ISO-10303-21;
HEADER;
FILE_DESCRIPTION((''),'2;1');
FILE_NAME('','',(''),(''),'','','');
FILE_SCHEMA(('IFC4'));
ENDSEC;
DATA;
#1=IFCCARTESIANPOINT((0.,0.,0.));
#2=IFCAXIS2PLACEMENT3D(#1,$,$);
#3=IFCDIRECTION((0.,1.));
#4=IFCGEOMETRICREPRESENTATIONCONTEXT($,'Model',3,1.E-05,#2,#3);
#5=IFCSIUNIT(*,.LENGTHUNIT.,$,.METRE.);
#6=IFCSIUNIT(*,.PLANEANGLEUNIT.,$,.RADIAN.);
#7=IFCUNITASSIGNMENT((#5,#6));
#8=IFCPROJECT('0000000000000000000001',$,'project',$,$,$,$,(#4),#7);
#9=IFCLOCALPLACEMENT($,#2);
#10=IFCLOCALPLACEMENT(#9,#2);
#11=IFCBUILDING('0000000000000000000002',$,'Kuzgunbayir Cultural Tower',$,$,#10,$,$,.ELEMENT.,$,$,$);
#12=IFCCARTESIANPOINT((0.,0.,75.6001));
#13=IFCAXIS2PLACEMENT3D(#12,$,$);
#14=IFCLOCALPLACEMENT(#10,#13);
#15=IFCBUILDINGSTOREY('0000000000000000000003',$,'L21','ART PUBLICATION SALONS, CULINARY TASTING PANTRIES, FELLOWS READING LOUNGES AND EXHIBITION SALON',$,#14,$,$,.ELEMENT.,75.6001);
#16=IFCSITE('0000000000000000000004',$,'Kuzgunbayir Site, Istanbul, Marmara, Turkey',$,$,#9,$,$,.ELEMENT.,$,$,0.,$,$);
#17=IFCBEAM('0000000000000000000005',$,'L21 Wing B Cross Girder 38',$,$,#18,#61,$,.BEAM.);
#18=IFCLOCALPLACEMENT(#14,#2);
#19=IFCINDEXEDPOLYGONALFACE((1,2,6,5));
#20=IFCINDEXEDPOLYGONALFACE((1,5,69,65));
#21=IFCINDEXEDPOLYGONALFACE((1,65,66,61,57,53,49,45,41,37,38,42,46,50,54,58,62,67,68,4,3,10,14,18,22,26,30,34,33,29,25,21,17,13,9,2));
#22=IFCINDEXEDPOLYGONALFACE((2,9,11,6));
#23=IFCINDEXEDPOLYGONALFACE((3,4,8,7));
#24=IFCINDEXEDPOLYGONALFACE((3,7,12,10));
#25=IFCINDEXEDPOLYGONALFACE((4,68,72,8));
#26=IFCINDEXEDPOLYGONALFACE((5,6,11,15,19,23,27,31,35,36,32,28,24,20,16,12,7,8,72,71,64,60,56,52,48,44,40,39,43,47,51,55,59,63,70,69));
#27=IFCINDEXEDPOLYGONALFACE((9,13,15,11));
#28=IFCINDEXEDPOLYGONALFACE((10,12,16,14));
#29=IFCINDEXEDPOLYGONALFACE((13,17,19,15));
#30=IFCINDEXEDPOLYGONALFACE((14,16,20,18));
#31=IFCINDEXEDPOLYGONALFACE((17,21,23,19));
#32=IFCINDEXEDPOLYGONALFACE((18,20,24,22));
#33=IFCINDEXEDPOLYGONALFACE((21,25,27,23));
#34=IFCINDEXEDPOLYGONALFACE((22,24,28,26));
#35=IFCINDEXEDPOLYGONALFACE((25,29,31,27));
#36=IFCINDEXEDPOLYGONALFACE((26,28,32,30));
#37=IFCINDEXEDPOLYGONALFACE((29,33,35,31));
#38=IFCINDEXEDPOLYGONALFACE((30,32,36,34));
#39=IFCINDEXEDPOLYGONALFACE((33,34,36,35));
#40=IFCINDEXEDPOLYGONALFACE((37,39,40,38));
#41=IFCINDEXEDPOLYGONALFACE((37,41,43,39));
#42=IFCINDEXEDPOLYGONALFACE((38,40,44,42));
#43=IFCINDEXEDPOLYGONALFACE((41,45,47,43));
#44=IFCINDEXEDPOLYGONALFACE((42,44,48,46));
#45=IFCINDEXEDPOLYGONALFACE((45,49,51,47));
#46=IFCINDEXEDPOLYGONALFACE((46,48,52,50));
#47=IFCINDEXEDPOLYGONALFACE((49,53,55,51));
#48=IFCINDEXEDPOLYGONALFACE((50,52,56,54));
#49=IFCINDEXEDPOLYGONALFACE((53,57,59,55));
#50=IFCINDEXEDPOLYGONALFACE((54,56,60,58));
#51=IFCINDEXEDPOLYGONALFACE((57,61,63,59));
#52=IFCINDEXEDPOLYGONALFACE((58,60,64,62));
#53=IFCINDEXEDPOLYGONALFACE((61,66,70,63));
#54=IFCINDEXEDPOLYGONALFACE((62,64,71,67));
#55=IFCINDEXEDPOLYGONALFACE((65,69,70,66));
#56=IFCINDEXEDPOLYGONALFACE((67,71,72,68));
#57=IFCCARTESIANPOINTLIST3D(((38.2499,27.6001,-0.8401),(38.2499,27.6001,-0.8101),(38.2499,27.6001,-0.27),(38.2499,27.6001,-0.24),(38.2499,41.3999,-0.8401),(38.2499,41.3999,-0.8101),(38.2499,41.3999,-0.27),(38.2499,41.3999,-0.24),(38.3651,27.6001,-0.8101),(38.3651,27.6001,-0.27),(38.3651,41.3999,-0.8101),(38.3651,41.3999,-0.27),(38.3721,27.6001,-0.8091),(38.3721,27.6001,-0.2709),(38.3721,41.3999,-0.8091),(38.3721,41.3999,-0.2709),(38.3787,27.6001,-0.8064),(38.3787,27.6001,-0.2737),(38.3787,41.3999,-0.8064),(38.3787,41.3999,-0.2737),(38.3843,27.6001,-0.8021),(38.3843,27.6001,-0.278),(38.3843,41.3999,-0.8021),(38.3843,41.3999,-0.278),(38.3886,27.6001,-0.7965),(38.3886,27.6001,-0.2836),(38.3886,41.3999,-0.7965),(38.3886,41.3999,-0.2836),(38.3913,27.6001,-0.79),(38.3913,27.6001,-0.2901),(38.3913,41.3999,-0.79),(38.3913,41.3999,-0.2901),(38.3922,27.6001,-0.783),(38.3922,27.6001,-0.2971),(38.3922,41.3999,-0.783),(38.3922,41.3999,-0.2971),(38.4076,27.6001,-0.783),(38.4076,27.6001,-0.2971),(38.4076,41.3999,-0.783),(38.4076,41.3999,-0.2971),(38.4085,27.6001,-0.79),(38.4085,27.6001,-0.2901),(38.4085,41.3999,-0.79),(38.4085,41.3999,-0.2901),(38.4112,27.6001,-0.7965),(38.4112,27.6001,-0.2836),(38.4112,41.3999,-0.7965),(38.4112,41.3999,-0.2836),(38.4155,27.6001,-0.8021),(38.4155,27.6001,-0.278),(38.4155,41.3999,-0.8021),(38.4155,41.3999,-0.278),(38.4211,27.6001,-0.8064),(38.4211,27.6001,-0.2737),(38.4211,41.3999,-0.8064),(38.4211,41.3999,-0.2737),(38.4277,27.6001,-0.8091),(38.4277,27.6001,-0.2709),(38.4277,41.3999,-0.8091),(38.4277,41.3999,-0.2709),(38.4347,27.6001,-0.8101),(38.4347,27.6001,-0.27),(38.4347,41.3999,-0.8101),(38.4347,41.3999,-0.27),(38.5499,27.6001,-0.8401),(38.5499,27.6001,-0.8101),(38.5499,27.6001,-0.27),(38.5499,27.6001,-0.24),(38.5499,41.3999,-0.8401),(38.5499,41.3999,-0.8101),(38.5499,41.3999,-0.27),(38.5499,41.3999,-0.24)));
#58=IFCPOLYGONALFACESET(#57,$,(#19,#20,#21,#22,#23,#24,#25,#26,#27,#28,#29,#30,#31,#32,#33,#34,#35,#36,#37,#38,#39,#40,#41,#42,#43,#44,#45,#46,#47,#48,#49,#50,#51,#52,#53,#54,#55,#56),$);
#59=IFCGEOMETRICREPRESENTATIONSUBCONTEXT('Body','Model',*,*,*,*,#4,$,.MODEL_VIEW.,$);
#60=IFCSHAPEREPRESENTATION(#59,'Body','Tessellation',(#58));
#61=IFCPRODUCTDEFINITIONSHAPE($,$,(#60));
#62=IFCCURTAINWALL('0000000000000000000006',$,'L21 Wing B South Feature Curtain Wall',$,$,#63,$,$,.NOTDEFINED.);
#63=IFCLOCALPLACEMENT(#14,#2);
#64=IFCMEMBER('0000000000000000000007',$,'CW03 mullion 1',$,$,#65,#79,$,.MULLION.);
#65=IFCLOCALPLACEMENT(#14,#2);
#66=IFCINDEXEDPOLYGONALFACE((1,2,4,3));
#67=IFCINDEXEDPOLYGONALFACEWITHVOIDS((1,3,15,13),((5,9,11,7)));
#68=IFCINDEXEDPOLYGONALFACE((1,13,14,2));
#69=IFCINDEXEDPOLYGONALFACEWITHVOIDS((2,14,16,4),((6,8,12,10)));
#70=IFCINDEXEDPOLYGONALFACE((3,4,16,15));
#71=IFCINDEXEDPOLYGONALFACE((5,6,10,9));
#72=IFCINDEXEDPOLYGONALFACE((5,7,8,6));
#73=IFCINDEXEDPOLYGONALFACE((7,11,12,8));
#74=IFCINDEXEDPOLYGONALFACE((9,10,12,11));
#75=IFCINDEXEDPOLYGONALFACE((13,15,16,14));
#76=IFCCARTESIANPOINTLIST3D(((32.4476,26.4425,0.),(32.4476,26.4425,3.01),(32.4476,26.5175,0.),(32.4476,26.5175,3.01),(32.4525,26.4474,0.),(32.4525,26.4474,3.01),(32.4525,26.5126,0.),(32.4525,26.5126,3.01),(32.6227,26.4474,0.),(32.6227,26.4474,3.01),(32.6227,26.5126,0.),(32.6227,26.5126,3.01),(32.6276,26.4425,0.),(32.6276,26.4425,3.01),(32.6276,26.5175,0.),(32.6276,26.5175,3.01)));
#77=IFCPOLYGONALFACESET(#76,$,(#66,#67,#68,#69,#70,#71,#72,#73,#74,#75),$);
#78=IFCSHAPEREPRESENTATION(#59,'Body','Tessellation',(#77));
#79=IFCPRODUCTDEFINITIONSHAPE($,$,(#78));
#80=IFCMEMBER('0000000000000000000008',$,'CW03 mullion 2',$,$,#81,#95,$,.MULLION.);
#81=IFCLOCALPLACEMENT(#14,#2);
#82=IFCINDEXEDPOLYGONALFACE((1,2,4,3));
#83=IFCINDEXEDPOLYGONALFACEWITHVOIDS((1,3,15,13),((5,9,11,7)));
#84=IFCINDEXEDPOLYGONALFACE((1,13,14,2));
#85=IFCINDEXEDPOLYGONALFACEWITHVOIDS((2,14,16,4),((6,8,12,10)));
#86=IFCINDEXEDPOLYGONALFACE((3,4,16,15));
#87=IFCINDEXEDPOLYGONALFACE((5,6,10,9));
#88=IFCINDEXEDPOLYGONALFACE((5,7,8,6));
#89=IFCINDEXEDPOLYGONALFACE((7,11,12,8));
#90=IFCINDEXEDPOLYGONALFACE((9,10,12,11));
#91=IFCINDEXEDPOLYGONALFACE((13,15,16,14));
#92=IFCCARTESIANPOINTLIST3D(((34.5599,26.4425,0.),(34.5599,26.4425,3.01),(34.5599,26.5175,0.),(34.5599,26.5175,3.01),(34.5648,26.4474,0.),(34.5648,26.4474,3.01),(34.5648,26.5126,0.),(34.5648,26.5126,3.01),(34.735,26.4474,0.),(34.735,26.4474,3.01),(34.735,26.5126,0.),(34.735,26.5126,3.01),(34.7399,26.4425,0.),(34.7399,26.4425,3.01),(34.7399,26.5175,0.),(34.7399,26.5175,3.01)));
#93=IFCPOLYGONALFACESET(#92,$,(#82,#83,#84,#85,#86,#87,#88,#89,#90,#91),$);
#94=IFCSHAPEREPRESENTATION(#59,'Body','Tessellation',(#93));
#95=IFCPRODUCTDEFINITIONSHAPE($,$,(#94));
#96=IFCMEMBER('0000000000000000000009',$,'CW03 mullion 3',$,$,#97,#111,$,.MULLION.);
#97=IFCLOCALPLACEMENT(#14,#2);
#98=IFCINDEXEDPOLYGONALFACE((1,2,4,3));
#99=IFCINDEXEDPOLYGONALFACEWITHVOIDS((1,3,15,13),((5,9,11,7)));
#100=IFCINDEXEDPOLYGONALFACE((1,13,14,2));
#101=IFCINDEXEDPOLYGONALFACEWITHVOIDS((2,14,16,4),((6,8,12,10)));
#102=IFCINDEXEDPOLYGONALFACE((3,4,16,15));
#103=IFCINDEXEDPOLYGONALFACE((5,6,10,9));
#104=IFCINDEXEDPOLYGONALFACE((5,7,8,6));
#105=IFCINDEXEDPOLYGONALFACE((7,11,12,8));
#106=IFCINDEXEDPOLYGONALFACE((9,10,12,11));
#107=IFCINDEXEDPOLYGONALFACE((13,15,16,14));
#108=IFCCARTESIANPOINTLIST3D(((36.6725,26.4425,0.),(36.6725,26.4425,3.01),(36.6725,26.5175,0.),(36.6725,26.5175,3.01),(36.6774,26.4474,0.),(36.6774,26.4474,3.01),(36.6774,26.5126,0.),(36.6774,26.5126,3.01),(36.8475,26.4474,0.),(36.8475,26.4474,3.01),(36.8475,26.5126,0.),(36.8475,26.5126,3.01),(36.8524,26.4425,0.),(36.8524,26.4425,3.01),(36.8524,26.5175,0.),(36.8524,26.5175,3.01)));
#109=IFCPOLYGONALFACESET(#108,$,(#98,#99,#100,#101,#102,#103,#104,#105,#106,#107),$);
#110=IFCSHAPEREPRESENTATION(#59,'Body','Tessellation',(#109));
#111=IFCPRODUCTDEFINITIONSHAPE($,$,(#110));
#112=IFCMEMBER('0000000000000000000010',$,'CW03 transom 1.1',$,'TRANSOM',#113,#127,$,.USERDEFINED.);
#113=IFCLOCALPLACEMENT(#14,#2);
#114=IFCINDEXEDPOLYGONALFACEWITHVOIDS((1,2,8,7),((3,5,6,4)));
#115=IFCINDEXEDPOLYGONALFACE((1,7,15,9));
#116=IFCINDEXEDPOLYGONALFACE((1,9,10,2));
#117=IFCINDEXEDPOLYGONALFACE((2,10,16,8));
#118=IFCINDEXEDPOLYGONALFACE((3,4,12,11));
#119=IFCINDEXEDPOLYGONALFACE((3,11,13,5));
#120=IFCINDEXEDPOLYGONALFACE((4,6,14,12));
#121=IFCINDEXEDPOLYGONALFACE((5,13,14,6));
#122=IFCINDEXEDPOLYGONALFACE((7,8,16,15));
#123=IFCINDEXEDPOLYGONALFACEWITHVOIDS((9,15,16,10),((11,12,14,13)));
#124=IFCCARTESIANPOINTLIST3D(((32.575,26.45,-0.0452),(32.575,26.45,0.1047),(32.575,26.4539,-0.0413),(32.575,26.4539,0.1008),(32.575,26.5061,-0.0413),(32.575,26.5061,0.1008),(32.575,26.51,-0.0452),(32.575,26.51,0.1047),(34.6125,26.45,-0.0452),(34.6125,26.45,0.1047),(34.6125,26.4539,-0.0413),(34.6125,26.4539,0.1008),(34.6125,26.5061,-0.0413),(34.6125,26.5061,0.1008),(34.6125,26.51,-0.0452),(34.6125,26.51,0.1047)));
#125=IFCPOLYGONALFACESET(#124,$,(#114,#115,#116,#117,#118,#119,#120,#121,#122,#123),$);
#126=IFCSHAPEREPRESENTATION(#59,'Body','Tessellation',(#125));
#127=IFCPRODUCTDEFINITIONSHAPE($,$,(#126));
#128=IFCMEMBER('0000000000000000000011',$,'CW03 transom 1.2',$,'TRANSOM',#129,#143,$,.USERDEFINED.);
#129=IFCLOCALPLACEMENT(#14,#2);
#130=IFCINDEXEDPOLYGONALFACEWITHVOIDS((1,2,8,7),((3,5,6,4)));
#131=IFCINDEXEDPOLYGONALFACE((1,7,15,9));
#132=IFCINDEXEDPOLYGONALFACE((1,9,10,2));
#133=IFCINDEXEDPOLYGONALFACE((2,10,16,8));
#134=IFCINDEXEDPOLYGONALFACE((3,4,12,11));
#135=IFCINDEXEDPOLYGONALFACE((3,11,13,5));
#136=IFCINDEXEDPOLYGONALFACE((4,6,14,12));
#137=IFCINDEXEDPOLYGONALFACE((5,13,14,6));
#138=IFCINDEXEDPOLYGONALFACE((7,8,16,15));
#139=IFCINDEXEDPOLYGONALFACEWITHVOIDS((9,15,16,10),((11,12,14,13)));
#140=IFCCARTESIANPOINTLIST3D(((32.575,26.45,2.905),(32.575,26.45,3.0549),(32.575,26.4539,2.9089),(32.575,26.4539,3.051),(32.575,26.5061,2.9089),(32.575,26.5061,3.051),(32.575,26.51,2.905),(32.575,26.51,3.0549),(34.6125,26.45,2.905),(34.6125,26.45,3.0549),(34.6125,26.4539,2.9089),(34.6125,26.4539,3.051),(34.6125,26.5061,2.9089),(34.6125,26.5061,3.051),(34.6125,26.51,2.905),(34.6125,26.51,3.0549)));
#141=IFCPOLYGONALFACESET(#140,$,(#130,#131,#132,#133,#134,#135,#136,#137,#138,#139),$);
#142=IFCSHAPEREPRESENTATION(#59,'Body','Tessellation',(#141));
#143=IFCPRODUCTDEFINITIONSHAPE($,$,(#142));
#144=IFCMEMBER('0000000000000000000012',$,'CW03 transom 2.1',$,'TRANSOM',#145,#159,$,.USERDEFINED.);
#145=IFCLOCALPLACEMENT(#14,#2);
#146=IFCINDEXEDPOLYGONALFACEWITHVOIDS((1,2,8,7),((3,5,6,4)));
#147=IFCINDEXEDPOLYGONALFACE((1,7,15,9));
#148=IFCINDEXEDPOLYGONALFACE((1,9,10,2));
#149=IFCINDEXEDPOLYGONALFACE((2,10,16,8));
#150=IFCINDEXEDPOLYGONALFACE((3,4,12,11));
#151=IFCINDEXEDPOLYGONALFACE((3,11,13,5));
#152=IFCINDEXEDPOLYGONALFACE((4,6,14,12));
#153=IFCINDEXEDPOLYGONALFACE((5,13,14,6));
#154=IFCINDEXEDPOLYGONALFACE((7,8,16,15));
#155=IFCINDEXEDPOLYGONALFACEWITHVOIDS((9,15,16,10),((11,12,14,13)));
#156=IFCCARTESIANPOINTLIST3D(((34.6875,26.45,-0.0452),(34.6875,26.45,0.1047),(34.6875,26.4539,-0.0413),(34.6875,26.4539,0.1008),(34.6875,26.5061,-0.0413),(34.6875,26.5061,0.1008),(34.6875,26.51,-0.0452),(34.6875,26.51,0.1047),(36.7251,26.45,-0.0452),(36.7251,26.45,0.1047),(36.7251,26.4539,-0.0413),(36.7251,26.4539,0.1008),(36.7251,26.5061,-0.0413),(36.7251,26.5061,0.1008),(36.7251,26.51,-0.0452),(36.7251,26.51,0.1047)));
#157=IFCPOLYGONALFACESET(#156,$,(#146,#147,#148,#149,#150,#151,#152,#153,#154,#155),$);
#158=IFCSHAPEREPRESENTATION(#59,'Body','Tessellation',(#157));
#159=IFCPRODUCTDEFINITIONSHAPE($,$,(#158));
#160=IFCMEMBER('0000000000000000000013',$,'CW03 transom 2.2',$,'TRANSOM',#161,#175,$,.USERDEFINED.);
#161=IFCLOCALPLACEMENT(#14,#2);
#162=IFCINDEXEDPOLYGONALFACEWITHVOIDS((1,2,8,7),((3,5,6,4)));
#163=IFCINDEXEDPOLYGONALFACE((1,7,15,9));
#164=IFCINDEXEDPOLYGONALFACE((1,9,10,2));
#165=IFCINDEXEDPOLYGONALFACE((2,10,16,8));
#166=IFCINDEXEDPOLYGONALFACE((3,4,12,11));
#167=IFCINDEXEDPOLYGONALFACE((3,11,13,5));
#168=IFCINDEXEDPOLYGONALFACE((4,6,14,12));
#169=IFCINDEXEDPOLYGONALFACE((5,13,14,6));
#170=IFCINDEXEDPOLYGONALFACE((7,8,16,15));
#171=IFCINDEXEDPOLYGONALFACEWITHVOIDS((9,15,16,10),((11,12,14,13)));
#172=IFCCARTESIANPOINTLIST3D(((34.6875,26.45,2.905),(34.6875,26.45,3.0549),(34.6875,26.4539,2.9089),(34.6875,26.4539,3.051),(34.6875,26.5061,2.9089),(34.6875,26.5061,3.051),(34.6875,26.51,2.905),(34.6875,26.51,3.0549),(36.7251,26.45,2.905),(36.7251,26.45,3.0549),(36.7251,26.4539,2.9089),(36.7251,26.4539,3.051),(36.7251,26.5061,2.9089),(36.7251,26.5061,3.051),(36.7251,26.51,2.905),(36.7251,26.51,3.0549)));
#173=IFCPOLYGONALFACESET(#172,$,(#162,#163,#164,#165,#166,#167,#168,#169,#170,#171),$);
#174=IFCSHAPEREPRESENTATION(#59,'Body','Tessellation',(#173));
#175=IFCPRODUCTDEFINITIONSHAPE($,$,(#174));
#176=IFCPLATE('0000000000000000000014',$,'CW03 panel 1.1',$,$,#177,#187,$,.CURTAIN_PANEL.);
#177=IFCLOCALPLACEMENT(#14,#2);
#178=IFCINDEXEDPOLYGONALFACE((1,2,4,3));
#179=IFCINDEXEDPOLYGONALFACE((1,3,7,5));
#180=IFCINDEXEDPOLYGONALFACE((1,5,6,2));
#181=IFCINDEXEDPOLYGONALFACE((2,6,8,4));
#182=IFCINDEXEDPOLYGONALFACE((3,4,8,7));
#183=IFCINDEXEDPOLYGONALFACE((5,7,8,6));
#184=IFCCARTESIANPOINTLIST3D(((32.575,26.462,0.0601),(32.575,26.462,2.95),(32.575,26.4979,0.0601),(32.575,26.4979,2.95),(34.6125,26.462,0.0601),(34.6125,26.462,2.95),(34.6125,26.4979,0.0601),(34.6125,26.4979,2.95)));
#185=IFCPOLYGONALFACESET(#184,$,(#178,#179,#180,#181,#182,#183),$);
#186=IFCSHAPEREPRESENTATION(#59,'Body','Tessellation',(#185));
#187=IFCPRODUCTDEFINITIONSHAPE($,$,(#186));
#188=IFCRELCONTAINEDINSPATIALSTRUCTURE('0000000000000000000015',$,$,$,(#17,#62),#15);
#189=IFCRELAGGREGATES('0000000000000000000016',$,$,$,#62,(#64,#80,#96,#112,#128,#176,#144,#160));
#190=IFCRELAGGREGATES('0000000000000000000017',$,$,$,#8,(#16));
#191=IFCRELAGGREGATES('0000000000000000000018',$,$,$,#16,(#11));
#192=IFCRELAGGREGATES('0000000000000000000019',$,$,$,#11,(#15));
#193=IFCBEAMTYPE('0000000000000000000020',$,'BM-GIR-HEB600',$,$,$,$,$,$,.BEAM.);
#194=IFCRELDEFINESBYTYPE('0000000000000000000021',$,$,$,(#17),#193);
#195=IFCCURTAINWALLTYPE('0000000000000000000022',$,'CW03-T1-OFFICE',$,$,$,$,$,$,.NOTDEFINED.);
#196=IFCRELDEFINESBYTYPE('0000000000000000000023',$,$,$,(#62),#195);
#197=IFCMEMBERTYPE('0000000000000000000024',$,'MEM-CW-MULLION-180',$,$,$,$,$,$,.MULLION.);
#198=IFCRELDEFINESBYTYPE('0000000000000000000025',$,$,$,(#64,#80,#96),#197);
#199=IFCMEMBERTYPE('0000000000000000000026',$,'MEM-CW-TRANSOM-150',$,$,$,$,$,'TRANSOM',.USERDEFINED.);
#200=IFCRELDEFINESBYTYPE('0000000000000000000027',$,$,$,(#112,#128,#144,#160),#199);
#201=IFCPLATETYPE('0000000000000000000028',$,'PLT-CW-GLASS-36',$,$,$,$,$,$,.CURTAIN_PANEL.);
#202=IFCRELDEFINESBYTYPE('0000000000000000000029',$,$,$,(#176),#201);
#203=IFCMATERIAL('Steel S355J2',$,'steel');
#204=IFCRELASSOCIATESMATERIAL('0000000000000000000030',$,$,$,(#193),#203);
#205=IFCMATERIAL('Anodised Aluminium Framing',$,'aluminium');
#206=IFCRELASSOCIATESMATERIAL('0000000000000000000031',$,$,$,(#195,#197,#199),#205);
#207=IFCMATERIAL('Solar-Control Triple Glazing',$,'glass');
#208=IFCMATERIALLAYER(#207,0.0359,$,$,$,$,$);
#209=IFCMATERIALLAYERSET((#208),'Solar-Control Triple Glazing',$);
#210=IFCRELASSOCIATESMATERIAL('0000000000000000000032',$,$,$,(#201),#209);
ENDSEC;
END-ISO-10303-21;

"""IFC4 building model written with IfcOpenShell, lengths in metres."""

from ifc_helpers import new_model, si_unit, direction, frame, origin, origin_2d, place, context, subcontext, project, spatial, rectangle, hollow_rectangle, i_section, extrude, material, layer, layer_set, material_profile, profile_set, type_object, element, aggregate, save


model = new_model("IFC4")

# Units and contexts
model_context = context("Model", 3, precision=1e-05, world=origin(), true_north=direction((0.0, 1.0)))
body_context = subcontext(model_context, "Body", "Model", "MODEL_VIEW")
ifc_project = project(units=[si_unit("LENGTHUNIT", "METRE"), si_unit("PLANEANGLEUNIT", "RADIAN")], contexts=[model_context])

# Site, building, storey
site_placement = place(None, origin())
site = spatial("IfcSite", under=ifc_project, at=site_placement, Name="Kuzgunbayir Site, Istanbul, Marmara, Turkey", CompositionType="ELEMENT", RefElevation=0.0)
building_placement = place(site_placement, origin())
building = spatial("IfcBuilding", under=site, at=building_placement, Name="Kuzgunbayir Cultural Tower", CompositionType="ELEMENT")
storey_placement = place(building_placement, frame((0.0, 0.0, 75.6001)))
storey = spatial("IfcBuildingStorey", under=building, at=storey_placement, Name="L21", Description="ART PUBLICATION SALONS, CULINARY TASTING PANTRIES, FELLOWS READING LOUNGES AND EXHIBITION SALON", CompositionType="ELEMENT", Elevation=75.6001)

# Beam
ifc_material_1 = material(Name="Steel S355J2", Category="steel")
ifc_material_profile_1 = material_profile(ifc_material_1, i_section(OverallWidth=0.3, OverallDepth=0.6001, WebThickness=0.0154, FlangeThickness=0.03, FilletRadius=0.0271, at=origin_2d()), Name="HEB 600")
ifc_profile_set_1 = profile_set([ifc_material_profile_1], Name="Steel S355J2")
beam_type_1 = type_object("IfcBeamType", Name="BM-GIR-HEB600", PredefinedType="BEAM", material=ifc_profile_set_1)
beam_1_placement = place(storey_placement, frame((38.3999, 27.6001, -0.54), z_axis=(0.0, 1.0, 0.0), x_axis=(-1.0, 0.0, 0.0)))
element("IfcBeam", 1, at=beam_1_placement, inside=storey, type_object=beam_type_1, Name="L21 Wing B Cross Girder 38", PredefinedType="BEAM", context=body_context, shape_type="SweptSolid", body=[
    extrude(i_section(OverallWidth=0.3, OverallDepth=0.6001, WebThickness=0.0154, FlangeThickness=0.03, FilletRadius=0.0271, at=origin_2d()), origin(), (0.0, 0.0, 1.0), 13.7998),
])

# Curtain wall, members, plate
ifc_material_2 = material(Name="Anodised Aluminium Framing", Category="aluminium")
curtain_wall_type = type_object("IfcCurtainWallType", Name="CW03-T1-OFFICE", PredefinedType="NOTDEFINED", material=ifc_material_2)
curtain_wall_placement = place(storey_placement, origin())
curtain_wall = element("IfcCurtainWall", 2, at=curtain_wall_placement, inside=storey, type_object=curtain_wall_type, Name="L21 Wing B South Feature Curtain Wall", PredefinedType="NOTDEFINED")
ifc_material_profile_2 = material_profile(ifc_material_2, hollow_rectangle(XDim=0.075, YDim=0.1799, WallThickness=0.0049, at=origin_2d()), Name="RHS 180x75x5")
ifc_profile_set_2 = profile_set([ifc_material_profile_2], Name="Anodised Aluminium Framing")
member_type_1 = type_object("IfcMemberType", Name="MEM-CW-MULLION-180", PredefinedType="MULLION", material=ifc_profile_set_2)
member_1_placement = place(storey_placement, frame((32.5376, 26.48, 0.0), z_axis=(0.0, 0.0, 1.0), x_axis=(0.0, 1.0, 0.0)))
member_1 = element("IfcMember", 3, at=member_1_placement, type_object=member_type_1, Name="CW03 mullion 1", PredefinedType="MULLION", context=body_context, shape_type="SweptSolid", body=[
    extrude(hollow_rectangle(XDim=0.075, YDim=0.1799, WallThickness=0.0049, at=origin_2d()), origin(), (0.0, 0.0, 1.0), 3.01),
])
member_2_placement = place(storey_placement, frame((34.6499, 26.48, 0.0), z_axis=(0.0, 0.0, 1.0), x_axis=(0.0, 1.0, 0.0)))
member_2 = element("IfcMember", 4, at=member_2_placement, type_object=member_type_1, Name="CW03 mullion 2", PredefinedType="MULLION", context=body_context, shape_type="SweptSolid", body=[
    extrude(hollow_rectangle(XDim=0.075, YDim=0.1799, WallThickness=0.0049, at=origin_2d()), origin(), (0.0, 0.0, 1.0), 3.01),
])
member_3_placement = place(storey_placement, frame((36.7625, 26.48, 0.0), z_axis=(0.0, 0.0, 1.0), x_axis=(0.0, 1.0, 0.0)))
member_3 = element("IfcMember", 5, at=member_3_placement, type_object=member_type_1, Name="CW03 mullion 3", PredefinedType="MULLION", context=body_context, shape_type="SweptSolid", body=[
    extrude(hollow_rectangle(XDim=0.075, YDim=0.1799, WallThickness=0.0049, at=origin_2d()), origin(), (0.0, 0.0, 1.0), 3.01),
])
ifc_material_profile_3 = material_profile(ifc_material_2, hollow_rectangle(XDim=0.0601, YDim=0.1499, WallThickness=0.0039, at=origin_2d()), Name="RHS 150x60x4")
ifc_profile_set_3 = profile_set([ifc_material_profile_3], Name="Anodised Aluminium Framing")
member_type_2 = type_object("IfcMemberType", Name="MEM-CW-TRANSOM-150", ElementType="TRANSOM", PredefinedType="USERDEFINED", material=ifc_profile_set_3)
member_4_placement = place(storey_placement, frame((32.575, 26.48, 0.0298), z_axis=(1.0, 0.0, 0.0), x_axis=(0.0, 1.0, 0.0)))
member_4 = element("IfcMember", 6, at=member_4_placement, type_object=member_type_2, Name="CW03 transom 1.1", ObjectType="TRANSOM", PredefinedType="USERDEFINED", context=body_context, shape_type="SweptSolid", body=[
    extrude(hollow_rectangle(XDim=0.0601, YDim=0.1499, WallThickness=0.0039, at=origin_2d()), origin(), (0.0, 0.0, 1.0), 2.0376),
])
member_5_placement = place(storey_placement, frame((32.575, 26.48, 2.98), z_axis=(1.0, 0.0, 0.0), x_axis=(0.0, 1.0, 0.0)))
member_5 = element("IfcMember", 7, at=member_5_placement, type_object=member_type_2, Name="CW03 transom 1.2", ObjectType="TRANSOM", PredefinedType="USERDEFINED", context=body_context, shape_type="SweptSolid", body=[
    extrude(hollow_rectangle(XDim=0.0601, YDim=0.1499, WallThickness=0.0039, at=origin_2d()), origin(), (0.0, 0.0, 1.0), 2.0376),
])
member_6_placement = place(storey_placement, frame((34.6875, 26.48, 0.0298), z_axis=(1.0, 0.0, 0.0), x_axis=(0.0, 1.0, 0.0)))
member_6 = element("IfcMember", 8, at=member_6_placement, type_object=member_type_2, Name="CW03 transom 2.1", ObjectType="TRANSOM", PredefinedType="USERDEFINED", context=body_context, shape_type="SweptSolid", body=[
    extrude(hollow_rectangle(XDim=0.0601, YDim=0.1499, WallThickness=0.0039, at=origin_2d()), origin(), (0.0, 0.0, 1.0), 2.0376),
])
member_7_placement = place(storey_placement, frame((34.6875, 26.48, 2.98), z_axis=(1.0, 0.0, 0.0), x_axis=(0.0, 1.0, 0.0)))
member_7 = element("IfcMember", 9, at=member_7_placement, type_object=member_type_2, Name="CW03 transom 2.2", ObjectType="TRANSOM", PredefinedType="USERDEFINED", context=body_context, shape_type="SweptSolid", body=[
    extrude(hollow_rectangle(XDim=0.0601, YDim=0.1499, WallThickness=0.0039, at=origin_2d()), origin(), (0.0, 0.0, 1.0), 2.0376),
])
ifc_material_3 = material(Name="Solar-Control Triple Glazing", Category="glass")
ifc_layer_1 = layer(ifc_material_3, 0.0359)
ifc_layer_set_1 = layer_set([ifc_layer_1], Name="Solar-Control Triple Glazing")
plate_type = type_object("IfcPlateType", Name="PLT-CW-GLASS-36", PredefinedType="CURTAIN_PANEL", material=ifc_layer_set_1)
plate_1_placement = place(storey_placement, frame((33.5938, 26.48, 0.0601), z_axis=(0.0, 0.0, 1.0), x_axis=(1.0, 0.0, 0.0)))
plate_1 = element("IfcPlate", 10, at=plate_1_placement, type_object=plate_type, Name="CW03 panel 1.1", PredefinedType="CURTAIN_PANEL", context=body_context, shape_type="SweptSolid", body=[
    extrude(rectangle(XDim=2.0376, YDim=0.0359, at=origin_2d()), origin(), (0.0, 0.0, 1.0), 2.8899),
])
aggregate(curtain_wall, [member_1, member_2, member_3, member_4, member_5, plate_1, member_6, member_7])

save(model, "model.ifc")
